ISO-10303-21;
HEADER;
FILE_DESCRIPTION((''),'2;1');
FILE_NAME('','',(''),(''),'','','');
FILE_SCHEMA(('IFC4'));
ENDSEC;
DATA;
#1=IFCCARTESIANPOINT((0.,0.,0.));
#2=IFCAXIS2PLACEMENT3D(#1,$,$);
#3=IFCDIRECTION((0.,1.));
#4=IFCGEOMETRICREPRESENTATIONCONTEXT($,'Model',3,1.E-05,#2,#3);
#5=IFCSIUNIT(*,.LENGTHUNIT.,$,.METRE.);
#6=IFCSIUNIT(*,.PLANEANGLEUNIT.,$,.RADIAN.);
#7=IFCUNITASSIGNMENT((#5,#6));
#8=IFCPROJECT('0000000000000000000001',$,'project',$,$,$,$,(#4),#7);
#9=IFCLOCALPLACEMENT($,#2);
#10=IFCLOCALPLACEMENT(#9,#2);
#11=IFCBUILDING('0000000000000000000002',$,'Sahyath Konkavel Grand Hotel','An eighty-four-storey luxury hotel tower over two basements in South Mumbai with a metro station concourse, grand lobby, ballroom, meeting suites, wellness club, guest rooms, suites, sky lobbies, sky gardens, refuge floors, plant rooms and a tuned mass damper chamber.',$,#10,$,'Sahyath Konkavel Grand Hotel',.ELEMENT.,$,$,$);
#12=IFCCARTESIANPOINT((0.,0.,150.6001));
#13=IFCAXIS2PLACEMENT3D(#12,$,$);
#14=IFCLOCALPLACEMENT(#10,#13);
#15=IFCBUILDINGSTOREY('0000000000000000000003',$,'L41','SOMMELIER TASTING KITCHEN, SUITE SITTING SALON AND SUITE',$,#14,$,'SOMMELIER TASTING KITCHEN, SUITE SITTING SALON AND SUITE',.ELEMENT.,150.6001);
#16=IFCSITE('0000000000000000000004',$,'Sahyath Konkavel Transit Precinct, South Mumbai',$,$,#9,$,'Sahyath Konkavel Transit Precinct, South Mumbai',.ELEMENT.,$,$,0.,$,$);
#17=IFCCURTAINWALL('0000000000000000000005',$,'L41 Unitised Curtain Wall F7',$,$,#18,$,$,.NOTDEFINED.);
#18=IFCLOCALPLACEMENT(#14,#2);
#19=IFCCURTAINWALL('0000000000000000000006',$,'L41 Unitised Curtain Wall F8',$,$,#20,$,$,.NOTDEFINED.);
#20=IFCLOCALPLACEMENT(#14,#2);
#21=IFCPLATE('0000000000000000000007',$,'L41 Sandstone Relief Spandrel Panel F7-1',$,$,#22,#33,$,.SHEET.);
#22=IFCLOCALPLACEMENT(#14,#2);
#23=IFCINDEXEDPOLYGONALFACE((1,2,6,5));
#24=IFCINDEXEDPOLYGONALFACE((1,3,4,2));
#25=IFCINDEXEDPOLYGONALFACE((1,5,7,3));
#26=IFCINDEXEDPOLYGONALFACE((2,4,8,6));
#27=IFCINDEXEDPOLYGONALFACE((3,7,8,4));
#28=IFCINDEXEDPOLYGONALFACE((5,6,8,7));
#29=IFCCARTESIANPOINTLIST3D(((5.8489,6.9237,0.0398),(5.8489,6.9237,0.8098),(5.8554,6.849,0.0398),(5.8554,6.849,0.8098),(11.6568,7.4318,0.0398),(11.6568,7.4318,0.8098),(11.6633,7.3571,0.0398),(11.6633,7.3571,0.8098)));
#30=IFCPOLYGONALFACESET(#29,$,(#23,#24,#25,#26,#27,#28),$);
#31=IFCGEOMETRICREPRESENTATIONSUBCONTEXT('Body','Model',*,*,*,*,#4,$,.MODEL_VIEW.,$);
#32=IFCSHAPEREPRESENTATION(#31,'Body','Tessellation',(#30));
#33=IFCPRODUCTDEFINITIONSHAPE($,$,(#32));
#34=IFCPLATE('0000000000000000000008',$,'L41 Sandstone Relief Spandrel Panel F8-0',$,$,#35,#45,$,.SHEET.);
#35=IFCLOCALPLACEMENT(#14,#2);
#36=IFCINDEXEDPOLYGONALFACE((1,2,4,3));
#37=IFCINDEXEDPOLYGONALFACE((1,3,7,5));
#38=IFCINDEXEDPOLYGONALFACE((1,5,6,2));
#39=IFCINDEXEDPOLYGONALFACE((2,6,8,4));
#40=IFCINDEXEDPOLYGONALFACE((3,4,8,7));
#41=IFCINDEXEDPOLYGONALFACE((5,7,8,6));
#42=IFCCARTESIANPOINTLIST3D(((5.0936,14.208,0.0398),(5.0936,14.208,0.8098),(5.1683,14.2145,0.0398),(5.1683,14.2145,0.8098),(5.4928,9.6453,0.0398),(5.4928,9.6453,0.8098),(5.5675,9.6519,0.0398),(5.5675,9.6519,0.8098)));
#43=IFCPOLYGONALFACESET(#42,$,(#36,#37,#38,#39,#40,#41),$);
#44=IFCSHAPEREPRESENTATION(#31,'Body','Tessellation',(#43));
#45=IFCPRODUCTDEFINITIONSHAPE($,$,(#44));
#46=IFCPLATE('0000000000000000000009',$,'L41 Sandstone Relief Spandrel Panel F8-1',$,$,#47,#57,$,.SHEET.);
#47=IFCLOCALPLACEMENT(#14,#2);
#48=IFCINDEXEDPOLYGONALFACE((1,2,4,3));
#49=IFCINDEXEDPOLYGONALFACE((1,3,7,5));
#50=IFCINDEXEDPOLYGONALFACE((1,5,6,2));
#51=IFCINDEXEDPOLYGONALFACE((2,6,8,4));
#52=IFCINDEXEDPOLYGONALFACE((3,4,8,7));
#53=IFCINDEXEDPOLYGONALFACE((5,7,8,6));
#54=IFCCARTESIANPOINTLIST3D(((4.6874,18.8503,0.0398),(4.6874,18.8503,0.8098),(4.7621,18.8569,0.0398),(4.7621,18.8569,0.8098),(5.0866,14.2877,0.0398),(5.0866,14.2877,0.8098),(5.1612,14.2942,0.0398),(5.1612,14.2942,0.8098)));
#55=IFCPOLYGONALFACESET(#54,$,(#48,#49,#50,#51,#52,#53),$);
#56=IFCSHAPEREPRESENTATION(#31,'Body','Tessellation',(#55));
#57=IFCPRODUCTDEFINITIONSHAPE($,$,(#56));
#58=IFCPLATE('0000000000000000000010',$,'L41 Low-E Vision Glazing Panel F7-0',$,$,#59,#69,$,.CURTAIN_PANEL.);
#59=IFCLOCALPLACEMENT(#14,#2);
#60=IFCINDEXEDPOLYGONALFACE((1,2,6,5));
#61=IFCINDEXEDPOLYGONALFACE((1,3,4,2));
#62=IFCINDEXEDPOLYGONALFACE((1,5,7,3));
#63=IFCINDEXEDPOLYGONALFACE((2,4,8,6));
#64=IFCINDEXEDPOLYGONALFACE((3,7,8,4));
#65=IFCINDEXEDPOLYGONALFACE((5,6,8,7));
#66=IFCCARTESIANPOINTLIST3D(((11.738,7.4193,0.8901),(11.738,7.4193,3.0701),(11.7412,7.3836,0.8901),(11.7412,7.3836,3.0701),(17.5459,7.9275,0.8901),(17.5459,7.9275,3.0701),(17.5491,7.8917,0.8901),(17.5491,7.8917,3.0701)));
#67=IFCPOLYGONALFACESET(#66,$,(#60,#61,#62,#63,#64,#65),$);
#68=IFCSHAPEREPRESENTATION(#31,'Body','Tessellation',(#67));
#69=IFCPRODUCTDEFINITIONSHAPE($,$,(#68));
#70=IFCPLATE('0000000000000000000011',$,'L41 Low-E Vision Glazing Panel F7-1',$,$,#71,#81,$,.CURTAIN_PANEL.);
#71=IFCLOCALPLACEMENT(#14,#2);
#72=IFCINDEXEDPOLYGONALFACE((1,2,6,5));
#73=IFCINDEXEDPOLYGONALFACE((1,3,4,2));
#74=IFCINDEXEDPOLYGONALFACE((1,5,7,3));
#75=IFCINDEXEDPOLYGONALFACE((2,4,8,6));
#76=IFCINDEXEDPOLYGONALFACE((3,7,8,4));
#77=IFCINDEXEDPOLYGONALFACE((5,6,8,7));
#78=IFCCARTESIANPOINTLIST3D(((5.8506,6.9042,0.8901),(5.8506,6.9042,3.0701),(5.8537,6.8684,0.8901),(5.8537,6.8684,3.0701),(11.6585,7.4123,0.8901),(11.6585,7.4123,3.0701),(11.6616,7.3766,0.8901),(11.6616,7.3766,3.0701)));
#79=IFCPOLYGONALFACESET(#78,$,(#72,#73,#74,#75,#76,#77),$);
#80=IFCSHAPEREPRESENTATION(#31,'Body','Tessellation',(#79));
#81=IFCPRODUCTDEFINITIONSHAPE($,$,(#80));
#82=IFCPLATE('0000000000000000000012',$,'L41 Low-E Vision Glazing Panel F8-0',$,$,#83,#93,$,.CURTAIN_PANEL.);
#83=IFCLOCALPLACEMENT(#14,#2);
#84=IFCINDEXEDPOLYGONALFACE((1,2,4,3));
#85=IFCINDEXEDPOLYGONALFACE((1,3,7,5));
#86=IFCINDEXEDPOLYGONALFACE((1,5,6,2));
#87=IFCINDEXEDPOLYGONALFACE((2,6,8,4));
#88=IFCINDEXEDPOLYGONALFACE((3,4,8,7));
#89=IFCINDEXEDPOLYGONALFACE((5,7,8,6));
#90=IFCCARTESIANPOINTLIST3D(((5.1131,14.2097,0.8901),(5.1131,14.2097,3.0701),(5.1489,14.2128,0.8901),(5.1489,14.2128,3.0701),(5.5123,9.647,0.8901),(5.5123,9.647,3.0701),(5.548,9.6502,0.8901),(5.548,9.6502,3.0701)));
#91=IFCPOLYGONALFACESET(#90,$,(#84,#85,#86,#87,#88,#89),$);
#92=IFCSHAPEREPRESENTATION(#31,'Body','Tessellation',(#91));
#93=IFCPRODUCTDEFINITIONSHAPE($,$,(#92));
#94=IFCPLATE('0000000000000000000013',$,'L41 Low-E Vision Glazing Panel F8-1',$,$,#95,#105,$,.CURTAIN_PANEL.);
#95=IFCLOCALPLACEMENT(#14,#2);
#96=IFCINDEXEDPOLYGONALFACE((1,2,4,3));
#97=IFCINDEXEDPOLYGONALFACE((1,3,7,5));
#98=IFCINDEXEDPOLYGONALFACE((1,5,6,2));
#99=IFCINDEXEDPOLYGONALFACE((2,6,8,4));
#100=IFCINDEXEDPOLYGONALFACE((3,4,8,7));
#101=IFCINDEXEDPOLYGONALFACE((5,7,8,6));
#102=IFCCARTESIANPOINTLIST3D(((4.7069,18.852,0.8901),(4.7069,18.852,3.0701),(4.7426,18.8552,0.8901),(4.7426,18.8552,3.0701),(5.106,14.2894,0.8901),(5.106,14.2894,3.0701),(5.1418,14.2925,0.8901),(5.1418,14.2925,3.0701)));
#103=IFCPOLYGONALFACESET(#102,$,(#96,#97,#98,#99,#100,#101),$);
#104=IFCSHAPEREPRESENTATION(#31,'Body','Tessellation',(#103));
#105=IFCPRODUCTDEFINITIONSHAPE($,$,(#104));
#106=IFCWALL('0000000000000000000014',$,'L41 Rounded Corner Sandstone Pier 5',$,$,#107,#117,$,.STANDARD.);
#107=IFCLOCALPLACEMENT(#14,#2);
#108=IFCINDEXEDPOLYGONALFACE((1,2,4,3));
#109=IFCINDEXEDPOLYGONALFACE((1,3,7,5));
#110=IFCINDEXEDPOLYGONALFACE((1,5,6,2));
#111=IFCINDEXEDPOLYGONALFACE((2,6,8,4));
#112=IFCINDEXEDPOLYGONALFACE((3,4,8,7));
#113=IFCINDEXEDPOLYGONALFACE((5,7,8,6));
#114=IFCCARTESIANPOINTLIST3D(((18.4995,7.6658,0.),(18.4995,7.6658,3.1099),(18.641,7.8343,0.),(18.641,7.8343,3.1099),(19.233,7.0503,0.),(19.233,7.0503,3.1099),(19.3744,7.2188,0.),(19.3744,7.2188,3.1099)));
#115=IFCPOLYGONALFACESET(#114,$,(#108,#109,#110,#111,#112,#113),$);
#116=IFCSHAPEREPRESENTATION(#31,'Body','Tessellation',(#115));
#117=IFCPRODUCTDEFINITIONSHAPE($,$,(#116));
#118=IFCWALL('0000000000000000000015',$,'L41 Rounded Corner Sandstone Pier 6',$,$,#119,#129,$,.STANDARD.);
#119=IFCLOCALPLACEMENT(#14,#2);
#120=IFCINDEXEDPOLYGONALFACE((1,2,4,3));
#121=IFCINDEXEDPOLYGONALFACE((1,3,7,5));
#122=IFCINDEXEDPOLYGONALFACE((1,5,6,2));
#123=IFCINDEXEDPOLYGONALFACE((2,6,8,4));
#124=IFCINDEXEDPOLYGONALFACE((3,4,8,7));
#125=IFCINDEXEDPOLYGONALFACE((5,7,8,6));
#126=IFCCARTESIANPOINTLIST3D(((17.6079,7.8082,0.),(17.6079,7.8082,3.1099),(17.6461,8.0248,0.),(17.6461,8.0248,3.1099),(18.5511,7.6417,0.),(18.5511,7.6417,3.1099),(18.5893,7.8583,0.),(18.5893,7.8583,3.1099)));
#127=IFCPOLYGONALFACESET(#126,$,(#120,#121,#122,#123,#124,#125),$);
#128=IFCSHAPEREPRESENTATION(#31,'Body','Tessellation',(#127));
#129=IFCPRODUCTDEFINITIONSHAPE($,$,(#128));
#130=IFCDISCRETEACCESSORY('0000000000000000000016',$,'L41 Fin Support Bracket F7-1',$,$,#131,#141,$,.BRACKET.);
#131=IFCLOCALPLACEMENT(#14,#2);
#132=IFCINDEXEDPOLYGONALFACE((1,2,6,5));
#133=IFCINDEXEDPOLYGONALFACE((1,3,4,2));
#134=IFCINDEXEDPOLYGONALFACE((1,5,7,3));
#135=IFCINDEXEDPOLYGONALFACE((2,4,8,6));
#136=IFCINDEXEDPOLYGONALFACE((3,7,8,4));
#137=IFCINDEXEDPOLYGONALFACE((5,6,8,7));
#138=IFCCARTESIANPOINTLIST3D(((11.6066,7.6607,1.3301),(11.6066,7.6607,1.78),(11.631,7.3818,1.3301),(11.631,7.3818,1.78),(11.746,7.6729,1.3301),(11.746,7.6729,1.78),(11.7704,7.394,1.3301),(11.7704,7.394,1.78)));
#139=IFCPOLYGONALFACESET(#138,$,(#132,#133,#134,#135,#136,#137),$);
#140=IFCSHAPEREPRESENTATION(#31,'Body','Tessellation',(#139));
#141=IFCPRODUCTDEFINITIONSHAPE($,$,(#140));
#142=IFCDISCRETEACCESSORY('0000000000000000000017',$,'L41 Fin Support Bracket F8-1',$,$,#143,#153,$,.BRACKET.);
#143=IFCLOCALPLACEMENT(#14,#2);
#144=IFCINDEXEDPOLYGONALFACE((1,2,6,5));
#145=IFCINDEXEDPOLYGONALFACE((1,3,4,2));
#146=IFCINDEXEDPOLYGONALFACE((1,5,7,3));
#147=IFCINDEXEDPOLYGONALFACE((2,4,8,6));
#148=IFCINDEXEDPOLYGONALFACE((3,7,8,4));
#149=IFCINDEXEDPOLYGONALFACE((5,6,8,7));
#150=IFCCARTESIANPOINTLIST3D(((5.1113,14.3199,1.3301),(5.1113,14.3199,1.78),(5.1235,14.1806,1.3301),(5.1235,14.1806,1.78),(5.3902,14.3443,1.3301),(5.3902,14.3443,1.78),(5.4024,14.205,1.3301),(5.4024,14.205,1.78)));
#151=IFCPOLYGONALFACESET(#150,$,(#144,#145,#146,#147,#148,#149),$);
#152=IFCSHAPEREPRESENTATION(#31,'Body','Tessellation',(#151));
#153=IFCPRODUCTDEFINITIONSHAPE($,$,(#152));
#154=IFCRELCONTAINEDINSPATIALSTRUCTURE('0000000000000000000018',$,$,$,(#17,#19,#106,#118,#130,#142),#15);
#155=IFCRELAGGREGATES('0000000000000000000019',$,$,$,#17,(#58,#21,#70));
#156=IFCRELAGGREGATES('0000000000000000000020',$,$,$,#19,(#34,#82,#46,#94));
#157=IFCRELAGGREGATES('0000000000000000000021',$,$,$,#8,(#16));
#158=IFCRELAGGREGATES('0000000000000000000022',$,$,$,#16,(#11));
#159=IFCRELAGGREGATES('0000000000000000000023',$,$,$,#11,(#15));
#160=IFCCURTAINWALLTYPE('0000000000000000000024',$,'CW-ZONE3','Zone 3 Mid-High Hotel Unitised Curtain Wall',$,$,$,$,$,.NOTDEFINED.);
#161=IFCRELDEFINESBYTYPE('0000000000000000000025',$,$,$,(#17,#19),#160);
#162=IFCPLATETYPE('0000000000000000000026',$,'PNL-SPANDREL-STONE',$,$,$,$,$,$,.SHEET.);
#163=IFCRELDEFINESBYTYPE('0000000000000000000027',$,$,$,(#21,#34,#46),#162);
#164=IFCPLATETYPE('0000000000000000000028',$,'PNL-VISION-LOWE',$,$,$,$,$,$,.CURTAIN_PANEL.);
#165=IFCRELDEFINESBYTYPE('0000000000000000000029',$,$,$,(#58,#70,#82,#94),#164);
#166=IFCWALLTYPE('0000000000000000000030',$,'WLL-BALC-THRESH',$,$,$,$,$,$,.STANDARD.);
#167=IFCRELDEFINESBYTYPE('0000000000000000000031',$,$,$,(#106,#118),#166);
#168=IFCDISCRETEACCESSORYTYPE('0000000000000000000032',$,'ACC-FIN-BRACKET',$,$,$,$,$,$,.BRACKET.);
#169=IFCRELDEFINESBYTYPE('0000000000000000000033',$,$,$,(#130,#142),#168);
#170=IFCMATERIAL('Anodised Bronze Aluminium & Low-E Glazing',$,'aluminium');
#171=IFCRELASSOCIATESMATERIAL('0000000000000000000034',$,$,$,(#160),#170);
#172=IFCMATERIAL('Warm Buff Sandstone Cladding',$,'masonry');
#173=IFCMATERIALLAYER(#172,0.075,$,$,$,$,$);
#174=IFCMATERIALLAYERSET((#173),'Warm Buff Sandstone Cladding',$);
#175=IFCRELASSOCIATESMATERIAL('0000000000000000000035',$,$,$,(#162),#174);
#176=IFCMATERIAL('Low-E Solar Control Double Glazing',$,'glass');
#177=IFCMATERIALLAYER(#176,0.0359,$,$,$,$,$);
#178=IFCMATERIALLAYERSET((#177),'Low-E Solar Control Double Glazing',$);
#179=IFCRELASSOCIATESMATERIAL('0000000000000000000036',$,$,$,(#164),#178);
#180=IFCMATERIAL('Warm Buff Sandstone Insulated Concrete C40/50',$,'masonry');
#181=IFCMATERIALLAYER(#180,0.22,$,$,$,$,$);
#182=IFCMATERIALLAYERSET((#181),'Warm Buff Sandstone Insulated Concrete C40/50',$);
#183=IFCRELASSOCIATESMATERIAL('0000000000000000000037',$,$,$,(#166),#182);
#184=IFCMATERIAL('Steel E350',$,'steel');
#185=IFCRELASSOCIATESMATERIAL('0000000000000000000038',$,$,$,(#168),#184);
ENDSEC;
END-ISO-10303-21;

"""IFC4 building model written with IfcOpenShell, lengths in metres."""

from ifc_helpers import new_model, si_unit, direction, frame, frame_2d, origin, origin_2d, place, context, subcontext, project, spatial, rectangle, extrude, source, transform, mapped, material, layer, layer_set, type_object, element, aggregate, save


model = new_model("IFC4")

# Units and contexts
model_context = context("Model", 3, precision=1e-05, world=origin(), true_north=direction((0.0, 1.0)))
body_context = subcontext(model_context, "Body", "Model", "MODEL_VIEW")
ifc_project = project(units=[si_unit("LENGTHUNIT", "METRE"), si_unit("PLANEANGLEUNIT", "RADIAN")], contexts=[model_context])

# Site, building, storey
site_placement = place(None, origin())
site = spatial("IfcSite", under=ifc_project, at=site_placement, Name="Sahyath Konkavel Transit Precinct, South Mumbai", LongName="Sahyath Konkavel Transit Precinct, South Mumbai", CompositionType="ELEMENT", RefElevation=0.0)
building_placement = place(site_placement, origin())
building = spatial("IfcBuilding", under=site, at=building_placement, Name="Sahyath Konkavel Grand Hotel", Description="An eighty-four-storey luxury hotel tower over two basements in South Mumbai with a metro station concourse, grand lobby, ballroom, meeting suites, wellness club, guest rooms, suites, sky lobbies, sky gardens, refuge floors, plant rooms and a tuned mass damper chamber.", LongName="Sahyath Konkavel Grand Hotel", CompositionType="ELEMENT")
storey_placement = place(building_placement, frame((0.0, 0.0, 150.6001)))
storey = spatial("IfcBuildingStorey", under=building, at=storey_placement, Name="L41", Description="SOMMELIER TASTING KITCHEN, SUITE SITTING SALON AND SUITE", LongName="SOMMELIER TASTING KITCHEN, SUITE SITTING SALON AND SUITE", CompositionType="ELEMENT", Elevation=150.6001)

# Curtain walls
ifc_material_1 = material(Name="Anodised Bronze Aluminium & Low-E Glazing", Category="aluminium")
curtain_wall_type = type_object("IfcCurtainWallType", Name="CW-ZONE3", Description="Zone 3 Mid-High Hotel Unitised Curtain Wall", PredefinedType="NOTDEFINED", material=ifc_material_1)
curtain_wall_1_placement = place(storey_placement, origin())
curtain_wall_1 = element("IfcCurtainWall", 1, at=curtain_wall_1_placement, inside=storey, type_object=curtain_wall_type, Name="L41 Unitised Curtain Wall F7", PredefinedType="NOTDEFINED")
curtain_wall_2_placement = place(storey_placement, origin())
curtain_wall_2 = element("IfcCurtainWall", 2, at=curtain_wall_2_placement, inside=storey, type_object=curtain_wall_type, Name="L41 Unitised Curtain Wall F8", PredefinedType="NOTDEFINED")

# Plates
ifc_material_2 = material(Name="Warm Buff Sandstone Cladding", Category="masonry")
ifc_layer_1 = layer(ifc_material_2, 0.075)
ifc_layer_set_1 = layer_set([ifc_layer_1], Name="Warm Buff Sandstone Cladding")
plate_type_1 = type_object("IfcPlateType", Name="PNL-SPANDREL-STONE", PredefinedType="SHEET", material=ifc_layer_set_1)
shared_shape_1 = source(origin(), body_context, "Body", "SweptSolid", [
    extrude(rectangle(XDim=5.8301, YDim=0.075, at=origin_2d()), origin(), (0.0, 0.0, 1.0), 0.77),
])
plate_1_placement = place(storey_placement, frame((8.7561, 7.1404, 0.0398), z_axis=(0.0, 0.0, 1.0), x_axis=(-0.996195, -0.087156, 0.0)))
plate_1 = element("IfcPlate", 3, at=plate_1_placement, type_object=plate_type_1, Name="L41 Sandstone Relief Spandrel Panel F7-1", PredefinedType="SHEET", context=body_context, shape_type="MappedRepresentation", body=[
    mapped(shared_shape_1, transform((0.0, 0.0, 0.0), scale=1.0)),
])
shared_shape_2 = source(origin(), body_context, "Body", "SweptSolid", [
    extrude(rectangle(XDim=4.5801, YDim=0.075, at=origin_2d()), origin(), (0.0, 0.0, 1.0), 0.77),
])
plate_2_placement = place(storey_placement, frame((5.3306, 11.9299, 0.0398), z_axis=(0.0, 0.0, 1.0), x_axis=(-0.087156, 0.996195, 0.0)))
plate_2 = element("IfcPlate", 4, at=plate_2_placement, type_object=plate_type_1, Name="L41 Sandstone Relief Spandrel Panel F8-0", PredefinedType="SHEET", context=body_context, shape_type="MappedRepresentation", body=[
    mapped(shared_shape_2, transform((0.0, 0.0, 0.0), scale=1.0)),
])
plate_3_placement = place(storey_placement, frame((4.9243, 16.5723, 0.0398), z_axis=(0.0, 0.0, 1.0), x_axis=(-0.087156, 0.996195, 0.0)))
plate_3 = element("IfcPlate", 5, at=plate_3_placement, type_object=plate_type_1, Name="L41 Sandstone Relief Spandrel Panel F8-1", PredefinedType="SHEET", context=body_context, shape_type="MappedRepresentation", body=[
    mapped(shared_shape_2, transform((0.0, 0.0, 0.0), scale=1.0)),
])
ifc_material_3 = material(Name="Low-E Solar Control Double Glazing", Category="glass")
ifc_layer_2 = layer(ifc_material_3, 0.0359)
ifc_layer_set_2 = layer_set([ifc_layer_2], Name="Low-E Solar Control Double Glazing")
plate_type_2 = type_object("IfcPlateType", Name="PNL-VISION-LOWE", PredefinedType="CURTAIN_PANEL", material=ifc_layer_set_2)
shared_shape_3 = source(origin(), body_context, "Body", "SweptSolid", [
    extrude(rectangle(XDim=5.8301, YDim=0.0359, at=origin_2d()), origin(), (0.0, 0.0, 1.0), 2.1799),
])
plate_4_placement = place(storey_placement, frame((14.6436, 7.6555, 0.8901), z_axis=(0.0, 0.0, 1.0), x_axis=(-0.996195, -0.087156, 0.0)))
plate_4 = element("IfcPlate", 6, at=plate_4_placement, type_object=plate_type_2, Name="L41 Low-E Vision Glazing Panel F7-0", PredefinedType="CURTAIN_PANEL", context=body_context, shape_type="MappedRepresentation", body=[
    mapped(shared_shape_3, transform((0.0, 0.0, 0.0), scale=1.0)),
])
plate_5_placement = place(storey_placement, frame((8.7561, 7.1404, 0.8901), z_axis=(0.0, 0.0, 1.0), x_axis=(-0.996195, -0.087156, 0.0)))
plate_5 = element("IfcPlate", 7, at=plate_5_placement, type_object=plate_type_2, Name="L41 Low-E Vision Glazing Panel F7-1", PredefinedType="CURTAIN_PANEL", context=body_context, shape_type="MappedRepresentation", body=[
    mapped(shared_shape_3, transform((0.0, 0.0, 0.0), scale=1.0)),
])
aggregate(curtain_wall_1, [plate_4, plate_1, plate_5])
shared_shape_4 = source(origin(), body_context, "Body", "SweptSolid", [
    extrude(rectangle(XDim=4.5801, YDim=0.0359, at=origin_2d()), origin(), (0.0, 0.0, 1.0), 2.1799),
])
plate_6_placement = place(storey_placement, frame((5.3306, 11.9299, 0.8901), z_axis=(0.0, 0.0, 1.0), x_axis=(-0.087156, 0.996195, 0.0)))
plate_6 = element("IfcPlate", 8, at=plate_6_placement, type_object=plate_type_2, Name="L41 Low-E Vision Glazing Panel F8-0", PredefinedType="CURTAIN_PANEL", context=body_context, shape_type="MappedRepresentation", body=[
    mapped(shared_shape_4, transform((0.0, 0.0, 0.0), scale=1.0)),
])
plate_7_placement = place(storey_placement, frame((4.9243, 16.5723, 0.8901), z_axis=(0.0, 0.0, 1.0), x_axis=(-0.087156, 0.996195, 0.0)))
plate_7 = element("IfcPlate", 9, at=plate_7_placement, type_object=plate_type_2, Name="L41 Low-E Vision Glazing Panel F8-1", PredefinedType="CURTAIN_PANEL", context=body_context, shape_type="MappedRepresentation", body=[
    mapped(shared_shape_4, transform((0.0, 0.0, 0.0), scale=1.0)),
])
aggregate(curtain_wall_2, [plate_2, plate_6, plate_3, plate_7])

# Walls
ifc_material_4 = material(Name="Warm Buff Sandstone Insulated Concrete C40/50", Category="masonry")
ifc_layer_3 = layer(ifc_material_4, 0.22)
ifc_layer_set_3 = layer_set([ifc_layer_3], Name="Warm Buff Sandstone Insulated Concrete C40/50")
wall_type = type_object("IfcWallType", Name="WLL-BALC-THRESH", PredefinedType="STANDARD", material=ifc_layer_set_3)
wall_1_placement = place(storey_placement, frame((19.3037, 7.1345, 0.0), z_axis=(0.0, 0.0, 1.0), x_axis=(-0.766001, 0.642839, 0.0)))
element("IfcWall", 10, at=wall_1_placement, inside=storey, type_object=wall_type, Name="L41 Rounded Corner Sandstone Pier 5", PredefinedType="STANDARD", context=body_context, shape_type="SweptSolid", body=[
    extrude(rectangle(XDim=0.9575, YDim=0.22, at=frame_2d((0.4788, 0.0))), origin(), (0.0, 0.0, 1.0), 3.1099),
])
wall_2_placement = place(storey_placement, frame((18.5703, 7.75, 0.0), z_axis=(0.0, 0.0, 1.0), x_axis=(-0.984771, 0.173858, 0.0)))
element("IfcWall", 11, at=wall_2_placement, inside=storey, type_object=wall_type, Name="L41 Rounded Corner Sandstone Pier 6", PredefinedType="STANDARD", context=body_context, shape_type="SweptSolid", body=[
    extrude(rectangle(XDim=0.9578, YDim=0.22, at=frame_2d((0.479, 0.0))), origin(), (0.0, 0.0, 1.0), 3.1099),
])

# Discrete accessories
ifc_material_5 = material(Name="Steel E350", Category="steel")
discrete_accessory_type = type_object("IfcDiscreteAccessoryType", Name="ACC-FIN-BRACKET", PredefinedType="BRACKET", material=ifc_material_5)
shared_shape_5 = source(origin(), body_context, "Body", "SweptSolid", [
    extrude(rectangle(XDim=0.28, YDim=0.1399, at=origin_2d()), origin(), (0.0, 0.0, 1.0), 0.45),
])
for number, where, z_axis, x_axis, name in (
    (12, (11.6885, 7.5273, 1.3301), (0.0, 0.0, 1.0), (-0.087156, 0.996195, 0.0), "L41 Fin Support Bracket F7-1"),
    (13, (5.2568, 14.2625, 1.3301), (0.0, 0.0, 1.0), (0.996195, 0.087156, 0.0), "L41 Fin Support Bracket F8-1"),
):
    element("IfcDiscreteAccessory", number, at=place(storey_placement, frame(where, z_axis=z_axis, x_axis=x_axis)), inside=storey, type_object=discrete_accessory_type, Name=name, PredefinedType="BRACKET", context=body_context, shape_type="MappedRepresentation", body=[
        mapped(shared_shape_5, transform((0.0, 0.0, 0.0), scale=1.0)),
    ])

save(model, "model.ifc")
